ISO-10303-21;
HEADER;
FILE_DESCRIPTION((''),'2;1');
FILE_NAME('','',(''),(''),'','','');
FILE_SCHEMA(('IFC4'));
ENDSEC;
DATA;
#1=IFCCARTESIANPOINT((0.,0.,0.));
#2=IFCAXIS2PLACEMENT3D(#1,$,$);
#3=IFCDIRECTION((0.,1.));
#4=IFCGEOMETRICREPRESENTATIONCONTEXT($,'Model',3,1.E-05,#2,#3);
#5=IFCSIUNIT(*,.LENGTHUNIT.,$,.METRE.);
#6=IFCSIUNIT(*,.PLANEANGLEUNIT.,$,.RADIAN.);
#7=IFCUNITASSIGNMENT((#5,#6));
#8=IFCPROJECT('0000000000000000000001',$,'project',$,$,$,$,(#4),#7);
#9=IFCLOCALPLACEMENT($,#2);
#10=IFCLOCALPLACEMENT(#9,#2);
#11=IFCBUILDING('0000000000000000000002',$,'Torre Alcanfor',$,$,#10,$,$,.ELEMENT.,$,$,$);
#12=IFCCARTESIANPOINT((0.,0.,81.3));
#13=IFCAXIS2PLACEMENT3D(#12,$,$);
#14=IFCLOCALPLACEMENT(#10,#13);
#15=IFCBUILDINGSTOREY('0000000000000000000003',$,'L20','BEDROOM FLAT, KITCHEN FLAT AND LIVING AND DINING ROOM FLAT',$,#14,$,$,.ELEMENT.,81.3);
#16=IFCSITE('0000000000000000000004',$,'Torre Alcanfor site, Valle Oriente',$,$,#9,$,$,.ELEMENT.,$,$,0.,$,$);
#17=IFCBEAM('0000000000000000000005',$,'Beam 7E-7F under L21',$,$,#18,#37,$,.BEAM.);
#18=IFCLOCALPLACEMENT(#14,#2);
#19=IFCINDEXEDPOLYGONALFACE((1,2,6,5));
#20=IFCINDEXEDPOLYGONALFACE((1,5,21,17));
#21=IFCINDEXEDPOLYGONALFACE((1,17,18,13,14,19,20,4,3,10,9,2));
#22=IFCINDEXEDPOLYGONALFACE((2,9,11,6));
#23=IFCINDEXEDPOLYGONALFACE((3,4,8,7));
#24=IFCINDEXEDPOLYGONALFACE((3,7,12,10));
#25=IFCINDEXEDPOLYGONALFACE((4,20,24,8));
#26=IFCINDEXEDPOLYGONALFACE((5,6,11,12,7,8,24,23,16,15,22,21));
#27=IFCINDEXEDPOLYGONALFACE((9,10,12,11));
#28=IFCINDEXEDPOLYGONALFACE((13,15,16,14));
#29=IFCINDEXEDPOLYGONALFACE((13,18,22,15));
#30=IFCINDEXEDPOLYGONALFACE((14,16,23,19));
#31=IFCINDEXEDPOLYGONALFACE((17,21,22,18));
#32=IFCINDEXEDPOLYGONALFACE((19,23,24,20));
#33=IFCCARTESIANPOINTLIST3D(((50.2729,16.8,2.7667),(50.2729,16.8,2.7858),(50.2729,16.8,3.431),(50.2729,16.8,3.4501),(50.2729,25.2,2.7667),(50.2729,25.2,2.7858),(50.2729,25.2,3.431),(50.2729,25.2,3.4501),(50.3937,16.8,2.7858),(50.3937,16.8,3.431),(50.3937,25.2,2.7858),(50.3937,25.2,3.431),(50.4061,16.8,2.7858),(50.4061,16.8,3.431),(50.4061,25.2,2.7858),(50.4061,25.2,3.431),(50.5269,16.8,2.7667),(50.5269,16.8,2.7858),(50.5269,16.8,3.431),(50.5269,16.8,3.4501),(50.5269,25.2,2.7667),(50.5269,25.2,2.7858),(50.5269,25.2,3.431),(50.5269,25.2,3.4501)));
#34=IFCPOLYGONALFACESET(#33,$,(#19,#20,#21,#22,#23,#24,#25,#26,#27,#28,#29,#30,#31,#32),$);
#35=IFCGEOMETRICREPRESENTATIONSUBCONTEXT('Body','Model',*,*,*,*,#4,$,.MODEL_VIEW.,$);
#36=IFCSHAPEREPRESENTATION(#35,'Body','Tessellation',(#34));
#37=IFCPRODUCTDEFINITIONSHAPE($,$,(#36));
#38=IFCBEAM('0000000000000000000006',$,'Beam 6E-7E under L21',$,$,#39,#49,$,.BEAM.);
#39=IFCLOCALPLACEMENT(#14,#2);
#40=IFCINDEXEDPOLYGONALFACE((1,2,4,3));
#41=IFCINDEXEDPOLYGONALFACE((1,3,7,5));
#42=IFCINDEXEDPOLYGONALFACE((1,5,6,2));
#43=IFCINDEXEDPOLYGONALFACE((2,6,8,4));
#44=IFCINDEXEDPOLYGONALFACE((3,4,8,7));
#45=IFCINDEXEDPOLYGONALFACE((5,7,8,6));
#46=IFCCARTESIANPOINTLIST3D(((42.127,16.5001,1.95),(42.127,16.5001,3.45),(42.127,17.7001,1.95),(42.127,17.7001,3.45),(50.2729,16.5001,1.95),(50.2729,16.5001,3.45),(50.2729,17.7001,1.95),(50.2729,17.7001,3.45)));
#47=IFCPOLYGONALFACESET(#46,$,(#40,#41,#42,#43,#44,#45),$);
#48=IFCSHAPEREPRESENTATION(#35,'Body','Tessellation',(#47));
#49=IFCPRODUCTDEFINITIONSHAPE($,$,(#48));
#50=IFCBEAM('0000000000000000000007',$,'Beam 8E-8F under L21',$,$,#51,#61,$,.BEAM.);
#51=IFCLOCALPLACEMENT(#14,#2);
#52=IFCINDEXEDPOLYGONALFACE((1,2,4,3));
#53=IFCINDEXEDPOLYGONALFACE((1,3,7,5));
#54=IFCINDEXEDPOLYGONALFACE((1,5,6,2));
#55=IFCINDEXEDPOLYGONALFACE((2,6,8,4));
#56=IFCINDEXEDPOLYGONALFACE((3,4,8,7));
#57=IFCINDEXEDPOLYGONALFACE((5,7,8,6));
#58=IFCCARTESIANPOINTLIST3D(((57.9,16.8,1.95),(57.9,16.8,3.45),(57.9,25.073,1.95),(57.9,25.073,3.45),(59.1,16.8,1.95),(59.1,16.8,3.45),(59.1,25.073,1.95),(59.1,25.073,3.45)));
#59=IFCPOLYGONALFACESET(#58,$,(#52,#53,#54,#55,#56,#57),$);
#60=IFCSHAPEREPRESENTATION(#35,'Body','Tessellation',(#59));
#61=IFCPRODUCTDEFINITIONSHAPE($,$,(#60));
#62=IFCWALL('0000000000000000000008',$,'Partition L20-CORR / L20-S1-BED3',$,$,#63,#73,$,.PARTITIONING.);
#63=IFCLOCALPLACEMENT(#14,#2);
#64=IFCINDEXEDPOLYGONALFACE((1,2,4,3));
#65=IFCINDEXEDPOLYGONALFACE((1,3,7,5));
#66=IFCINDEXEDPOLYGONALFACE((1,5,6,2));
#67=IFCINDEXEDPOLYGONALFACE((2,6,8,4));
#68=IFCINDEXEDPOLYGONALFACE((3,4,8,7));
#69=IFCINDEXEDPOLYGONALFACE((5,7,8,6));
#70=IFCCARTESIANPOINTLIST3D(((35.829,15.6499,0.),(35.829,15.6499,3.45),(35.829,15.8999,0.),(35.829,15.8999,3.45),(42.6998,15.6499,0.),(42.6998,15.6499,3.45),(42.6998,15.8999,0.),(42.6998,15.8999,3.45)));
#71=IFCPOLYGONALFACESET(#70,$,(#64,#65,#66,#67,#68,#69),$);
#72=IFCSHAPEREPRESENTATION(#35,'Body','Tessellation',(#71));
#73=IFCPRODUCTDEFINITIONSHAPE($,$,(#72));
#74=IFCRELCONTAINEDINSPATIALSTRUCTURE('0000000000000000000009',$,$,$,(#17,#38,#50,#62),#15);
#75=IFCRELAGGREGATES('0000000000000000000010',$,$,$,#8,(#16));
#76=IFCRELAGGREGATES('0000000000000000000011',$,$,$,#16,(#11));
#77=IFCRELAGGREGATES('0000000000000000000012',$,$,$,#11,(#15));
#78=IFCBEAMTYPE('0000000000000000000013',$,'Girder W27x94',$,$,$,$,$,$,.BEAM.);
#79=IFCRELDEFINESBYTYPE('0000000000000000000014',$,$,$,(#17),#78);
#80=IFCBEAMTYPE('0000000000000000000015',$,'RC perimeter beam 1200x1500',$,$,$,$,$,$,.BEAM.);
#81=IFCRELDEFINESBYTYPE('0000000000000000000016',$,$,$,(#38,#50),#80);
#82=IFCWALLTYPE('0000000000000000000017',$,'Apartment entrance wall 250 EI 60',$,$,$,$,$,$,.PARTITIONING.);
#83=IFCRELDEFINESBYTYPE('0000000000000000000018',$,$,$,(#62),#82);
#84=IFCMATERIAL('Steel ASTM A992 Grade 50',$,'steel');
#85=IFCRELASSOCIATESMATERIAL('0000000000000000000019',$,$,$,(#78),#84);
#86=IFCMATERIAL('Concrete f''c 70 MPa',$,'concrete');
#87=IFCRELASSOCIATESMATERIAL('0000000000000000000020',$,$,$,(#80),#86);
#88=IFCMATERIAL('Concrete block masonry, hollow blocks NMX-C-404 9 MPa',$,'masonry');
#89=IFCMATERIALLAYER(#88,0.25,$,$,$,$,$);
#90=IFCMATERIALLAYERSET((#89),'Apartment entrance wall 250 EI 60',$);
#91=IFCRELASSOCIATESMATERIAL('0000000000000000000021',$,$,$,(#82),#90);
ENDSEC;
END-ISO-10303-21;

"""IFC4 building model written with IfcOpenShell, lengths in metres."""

from ifc_helpers import new_model, si_unit, direction, frame, frame_2d, origin, origin_2d, place, context, subcontext, project, spatial, rectangle, i_section, extrude, material, layer, layer_set, material_profile, profile_set, type_object, element, save


model = new_model("IFC4")

# Units and contexts
model_context = context("Model", 3, precision=1e-05, world=origin(), true_north=direction((0.0, 1.0)))
body_context = subcontext(model_context, "Body", "Model", "MODEL_VIEW")
ifc_project = project(units=[si_unit("LENGTHUNIT", "METRE"), si_unit("PLANEANGLEUNIT", "RADIAN")], contexts=[model_context])

# Site, building, storey
site_placement = place(None, origin())
site = spatial("IfcSite", under=ifc_project, at=site_placement, Name="Torre Alcanfor site, Valle Oriente", CompositionType="ELEMENT", RefElevation=0.0)
building_placement = place(site_placement, origin())
building = spatial("IfcBuilding", under=site, at=building_placement, Name="Torre Alcanfor", CompositionType="ELEMENT")
storey_placement = place(building_placement, frame((0.0, 0.0, 81.3)))
storey = spatial("IfcBuildingStorey", under=building, at=storey_placement, Name="L20", Description="BEDROOM FLAT, KITCHEN FLAT AND LIVING AND DINING ROOM FLAT", CompositionType="ELEMENT", Elevation=81.3)

# Beams
ifc_material_1 = material(Name="Steel ASTM A992 Grade 50", Category="steel")
ifc_material_profile_1 = material_profile(ifc_material_1, i_section(OverallWidth=0.2539, OverallDepth=0.6833, WebThickness=0.0125, FlangeThickness=0.019, at=origin_2d()), Name="W27x94")
ifc_profile_set_1 = profile_set([ifc_material_profile_1], Name="Steel ASTM A992 Grade 50")
beam_type_1 = type_object("IfcBeamType", Name="Girder W27x94", PredefinedType="BEAM", material=ifc_profile_set_1)
for number, where, z_axis, x_axis, name in (
    (1, (50.3999, 16.8, 3.1084), (0.0, 1.0, 0.0), (-1.0, 0.0, 0.0), "Beam 7E-7F under L21"),
):
    element("IfcBeam", number, at=place(storey_placement, frame(where, z_axis=z_axis, x_axis=x_axis)), inside=storey, type_object=beam_type_1, Name=name, PredefinedType="BEAM", context=body_context, shape_type="SweptSolid", body=[
        extrude(i_section(OverallWidth=0.2539, OverallDepth=0.6833, WebThickness=0.0125, FlangeThickness=0.019, at=origin_2d()), origin(), (0.0, 0.0, 1.0), 8.3999),
    ])
ifc_material_2 = material(Name="Concrete f'c 70 MPa", Category="concrete")
ifc_material_profile_2 = material_profile(ifc_material_2, rectangle(XDim=1.2, YDim=1.5, at=origin_2d()), Name="1200x1500")
ifc_profile_set_2 = profile_set([ifc_material_profile_2], Name="Concrete f'c 70 MPa")
beam_type_2 = type_object("IfcBeamType", Name="RC perimeter beam 1200x1500", PredefinedType="BEAM", material=ifc_profile_set_2)
beam_1_placement = place(storey_placement, frame((42.127, 17.1001, 2.7), z_axis=(1.0, 0.0, 0.0), x_axis=(0.0, 1.0, 0.0)))
element("IfcBeam", 2, at=beam_1_placement, inside=storey, type_object=beam_type_2, Name="Beam 6E-7E under L21", PredefinedType="BEAM", context=body_context, shape_type="SweptSolid", body=[
    extrude(rectangle(XDim=1.2, YDim=1.5, at=origin_2d()), origin(), (0.0, 0.0, 1.0), 8.146),
])
beam_2_placement = place(storey_placement, frame((58.5, 16.8, 2.7), z_axis=(0.0, 1.0, 0.0), x_axis=(-1.0, 0.0, 0.0)))
element("IfcBeam", 3, at=beam_2_placement, inside=storey, type_object=beam_type_2, Name="Beam 8E-8F under L21", PredefinedType="BEAM", context=body_context, shape_type="SweptSolid", body=[
    extrude(rectangle(XDim=1.2, YDim=1.5, at=origin_2d()), origin(), (0.0, 0.0, 1.0), 8.2729),
])

# Wall
ifc_material_3 = material(Name="Concrete block masonry, hollow blocks NMX-C-404 9 MPa", Category="masonry")
ifc_layer_1 = layer(ifc_material_3, 0.25)
ifc_layer_set_1 = layer_set([ifc_layer_1], Name="Apartment entrance wall 250 EI 60")
wall_type_1 = type_object("IfcWallType", Name="Apartment entrance wall 250 EI 60", PredefinedType="PARTITIONING", material=ifc_layer_set_1)
wall_1_placement = place(storey_placement, frame((42.7, 15.7749, 0.0), z_axis=(0.0, 0.0, 1.0), x_axis=(-1.0, 0.0, 0.0)))
element("IfcWall", 4, at=wall_1_placement, inside=storey, type_object=wall_type_1, Name="Partition L20-CORR / L20-S1-BED3", PredefinedType="PARTITIONING", context=body_context, shape_type="SweptSolid", body=[
    extrude(rectangle(XDim=6.8708, YDim=0.25, at=frame_2d((3.4355, 0.0))), origin(), (0.0, 0.0, 1.0), 3.45),
])

save(model, "model.ifc")
